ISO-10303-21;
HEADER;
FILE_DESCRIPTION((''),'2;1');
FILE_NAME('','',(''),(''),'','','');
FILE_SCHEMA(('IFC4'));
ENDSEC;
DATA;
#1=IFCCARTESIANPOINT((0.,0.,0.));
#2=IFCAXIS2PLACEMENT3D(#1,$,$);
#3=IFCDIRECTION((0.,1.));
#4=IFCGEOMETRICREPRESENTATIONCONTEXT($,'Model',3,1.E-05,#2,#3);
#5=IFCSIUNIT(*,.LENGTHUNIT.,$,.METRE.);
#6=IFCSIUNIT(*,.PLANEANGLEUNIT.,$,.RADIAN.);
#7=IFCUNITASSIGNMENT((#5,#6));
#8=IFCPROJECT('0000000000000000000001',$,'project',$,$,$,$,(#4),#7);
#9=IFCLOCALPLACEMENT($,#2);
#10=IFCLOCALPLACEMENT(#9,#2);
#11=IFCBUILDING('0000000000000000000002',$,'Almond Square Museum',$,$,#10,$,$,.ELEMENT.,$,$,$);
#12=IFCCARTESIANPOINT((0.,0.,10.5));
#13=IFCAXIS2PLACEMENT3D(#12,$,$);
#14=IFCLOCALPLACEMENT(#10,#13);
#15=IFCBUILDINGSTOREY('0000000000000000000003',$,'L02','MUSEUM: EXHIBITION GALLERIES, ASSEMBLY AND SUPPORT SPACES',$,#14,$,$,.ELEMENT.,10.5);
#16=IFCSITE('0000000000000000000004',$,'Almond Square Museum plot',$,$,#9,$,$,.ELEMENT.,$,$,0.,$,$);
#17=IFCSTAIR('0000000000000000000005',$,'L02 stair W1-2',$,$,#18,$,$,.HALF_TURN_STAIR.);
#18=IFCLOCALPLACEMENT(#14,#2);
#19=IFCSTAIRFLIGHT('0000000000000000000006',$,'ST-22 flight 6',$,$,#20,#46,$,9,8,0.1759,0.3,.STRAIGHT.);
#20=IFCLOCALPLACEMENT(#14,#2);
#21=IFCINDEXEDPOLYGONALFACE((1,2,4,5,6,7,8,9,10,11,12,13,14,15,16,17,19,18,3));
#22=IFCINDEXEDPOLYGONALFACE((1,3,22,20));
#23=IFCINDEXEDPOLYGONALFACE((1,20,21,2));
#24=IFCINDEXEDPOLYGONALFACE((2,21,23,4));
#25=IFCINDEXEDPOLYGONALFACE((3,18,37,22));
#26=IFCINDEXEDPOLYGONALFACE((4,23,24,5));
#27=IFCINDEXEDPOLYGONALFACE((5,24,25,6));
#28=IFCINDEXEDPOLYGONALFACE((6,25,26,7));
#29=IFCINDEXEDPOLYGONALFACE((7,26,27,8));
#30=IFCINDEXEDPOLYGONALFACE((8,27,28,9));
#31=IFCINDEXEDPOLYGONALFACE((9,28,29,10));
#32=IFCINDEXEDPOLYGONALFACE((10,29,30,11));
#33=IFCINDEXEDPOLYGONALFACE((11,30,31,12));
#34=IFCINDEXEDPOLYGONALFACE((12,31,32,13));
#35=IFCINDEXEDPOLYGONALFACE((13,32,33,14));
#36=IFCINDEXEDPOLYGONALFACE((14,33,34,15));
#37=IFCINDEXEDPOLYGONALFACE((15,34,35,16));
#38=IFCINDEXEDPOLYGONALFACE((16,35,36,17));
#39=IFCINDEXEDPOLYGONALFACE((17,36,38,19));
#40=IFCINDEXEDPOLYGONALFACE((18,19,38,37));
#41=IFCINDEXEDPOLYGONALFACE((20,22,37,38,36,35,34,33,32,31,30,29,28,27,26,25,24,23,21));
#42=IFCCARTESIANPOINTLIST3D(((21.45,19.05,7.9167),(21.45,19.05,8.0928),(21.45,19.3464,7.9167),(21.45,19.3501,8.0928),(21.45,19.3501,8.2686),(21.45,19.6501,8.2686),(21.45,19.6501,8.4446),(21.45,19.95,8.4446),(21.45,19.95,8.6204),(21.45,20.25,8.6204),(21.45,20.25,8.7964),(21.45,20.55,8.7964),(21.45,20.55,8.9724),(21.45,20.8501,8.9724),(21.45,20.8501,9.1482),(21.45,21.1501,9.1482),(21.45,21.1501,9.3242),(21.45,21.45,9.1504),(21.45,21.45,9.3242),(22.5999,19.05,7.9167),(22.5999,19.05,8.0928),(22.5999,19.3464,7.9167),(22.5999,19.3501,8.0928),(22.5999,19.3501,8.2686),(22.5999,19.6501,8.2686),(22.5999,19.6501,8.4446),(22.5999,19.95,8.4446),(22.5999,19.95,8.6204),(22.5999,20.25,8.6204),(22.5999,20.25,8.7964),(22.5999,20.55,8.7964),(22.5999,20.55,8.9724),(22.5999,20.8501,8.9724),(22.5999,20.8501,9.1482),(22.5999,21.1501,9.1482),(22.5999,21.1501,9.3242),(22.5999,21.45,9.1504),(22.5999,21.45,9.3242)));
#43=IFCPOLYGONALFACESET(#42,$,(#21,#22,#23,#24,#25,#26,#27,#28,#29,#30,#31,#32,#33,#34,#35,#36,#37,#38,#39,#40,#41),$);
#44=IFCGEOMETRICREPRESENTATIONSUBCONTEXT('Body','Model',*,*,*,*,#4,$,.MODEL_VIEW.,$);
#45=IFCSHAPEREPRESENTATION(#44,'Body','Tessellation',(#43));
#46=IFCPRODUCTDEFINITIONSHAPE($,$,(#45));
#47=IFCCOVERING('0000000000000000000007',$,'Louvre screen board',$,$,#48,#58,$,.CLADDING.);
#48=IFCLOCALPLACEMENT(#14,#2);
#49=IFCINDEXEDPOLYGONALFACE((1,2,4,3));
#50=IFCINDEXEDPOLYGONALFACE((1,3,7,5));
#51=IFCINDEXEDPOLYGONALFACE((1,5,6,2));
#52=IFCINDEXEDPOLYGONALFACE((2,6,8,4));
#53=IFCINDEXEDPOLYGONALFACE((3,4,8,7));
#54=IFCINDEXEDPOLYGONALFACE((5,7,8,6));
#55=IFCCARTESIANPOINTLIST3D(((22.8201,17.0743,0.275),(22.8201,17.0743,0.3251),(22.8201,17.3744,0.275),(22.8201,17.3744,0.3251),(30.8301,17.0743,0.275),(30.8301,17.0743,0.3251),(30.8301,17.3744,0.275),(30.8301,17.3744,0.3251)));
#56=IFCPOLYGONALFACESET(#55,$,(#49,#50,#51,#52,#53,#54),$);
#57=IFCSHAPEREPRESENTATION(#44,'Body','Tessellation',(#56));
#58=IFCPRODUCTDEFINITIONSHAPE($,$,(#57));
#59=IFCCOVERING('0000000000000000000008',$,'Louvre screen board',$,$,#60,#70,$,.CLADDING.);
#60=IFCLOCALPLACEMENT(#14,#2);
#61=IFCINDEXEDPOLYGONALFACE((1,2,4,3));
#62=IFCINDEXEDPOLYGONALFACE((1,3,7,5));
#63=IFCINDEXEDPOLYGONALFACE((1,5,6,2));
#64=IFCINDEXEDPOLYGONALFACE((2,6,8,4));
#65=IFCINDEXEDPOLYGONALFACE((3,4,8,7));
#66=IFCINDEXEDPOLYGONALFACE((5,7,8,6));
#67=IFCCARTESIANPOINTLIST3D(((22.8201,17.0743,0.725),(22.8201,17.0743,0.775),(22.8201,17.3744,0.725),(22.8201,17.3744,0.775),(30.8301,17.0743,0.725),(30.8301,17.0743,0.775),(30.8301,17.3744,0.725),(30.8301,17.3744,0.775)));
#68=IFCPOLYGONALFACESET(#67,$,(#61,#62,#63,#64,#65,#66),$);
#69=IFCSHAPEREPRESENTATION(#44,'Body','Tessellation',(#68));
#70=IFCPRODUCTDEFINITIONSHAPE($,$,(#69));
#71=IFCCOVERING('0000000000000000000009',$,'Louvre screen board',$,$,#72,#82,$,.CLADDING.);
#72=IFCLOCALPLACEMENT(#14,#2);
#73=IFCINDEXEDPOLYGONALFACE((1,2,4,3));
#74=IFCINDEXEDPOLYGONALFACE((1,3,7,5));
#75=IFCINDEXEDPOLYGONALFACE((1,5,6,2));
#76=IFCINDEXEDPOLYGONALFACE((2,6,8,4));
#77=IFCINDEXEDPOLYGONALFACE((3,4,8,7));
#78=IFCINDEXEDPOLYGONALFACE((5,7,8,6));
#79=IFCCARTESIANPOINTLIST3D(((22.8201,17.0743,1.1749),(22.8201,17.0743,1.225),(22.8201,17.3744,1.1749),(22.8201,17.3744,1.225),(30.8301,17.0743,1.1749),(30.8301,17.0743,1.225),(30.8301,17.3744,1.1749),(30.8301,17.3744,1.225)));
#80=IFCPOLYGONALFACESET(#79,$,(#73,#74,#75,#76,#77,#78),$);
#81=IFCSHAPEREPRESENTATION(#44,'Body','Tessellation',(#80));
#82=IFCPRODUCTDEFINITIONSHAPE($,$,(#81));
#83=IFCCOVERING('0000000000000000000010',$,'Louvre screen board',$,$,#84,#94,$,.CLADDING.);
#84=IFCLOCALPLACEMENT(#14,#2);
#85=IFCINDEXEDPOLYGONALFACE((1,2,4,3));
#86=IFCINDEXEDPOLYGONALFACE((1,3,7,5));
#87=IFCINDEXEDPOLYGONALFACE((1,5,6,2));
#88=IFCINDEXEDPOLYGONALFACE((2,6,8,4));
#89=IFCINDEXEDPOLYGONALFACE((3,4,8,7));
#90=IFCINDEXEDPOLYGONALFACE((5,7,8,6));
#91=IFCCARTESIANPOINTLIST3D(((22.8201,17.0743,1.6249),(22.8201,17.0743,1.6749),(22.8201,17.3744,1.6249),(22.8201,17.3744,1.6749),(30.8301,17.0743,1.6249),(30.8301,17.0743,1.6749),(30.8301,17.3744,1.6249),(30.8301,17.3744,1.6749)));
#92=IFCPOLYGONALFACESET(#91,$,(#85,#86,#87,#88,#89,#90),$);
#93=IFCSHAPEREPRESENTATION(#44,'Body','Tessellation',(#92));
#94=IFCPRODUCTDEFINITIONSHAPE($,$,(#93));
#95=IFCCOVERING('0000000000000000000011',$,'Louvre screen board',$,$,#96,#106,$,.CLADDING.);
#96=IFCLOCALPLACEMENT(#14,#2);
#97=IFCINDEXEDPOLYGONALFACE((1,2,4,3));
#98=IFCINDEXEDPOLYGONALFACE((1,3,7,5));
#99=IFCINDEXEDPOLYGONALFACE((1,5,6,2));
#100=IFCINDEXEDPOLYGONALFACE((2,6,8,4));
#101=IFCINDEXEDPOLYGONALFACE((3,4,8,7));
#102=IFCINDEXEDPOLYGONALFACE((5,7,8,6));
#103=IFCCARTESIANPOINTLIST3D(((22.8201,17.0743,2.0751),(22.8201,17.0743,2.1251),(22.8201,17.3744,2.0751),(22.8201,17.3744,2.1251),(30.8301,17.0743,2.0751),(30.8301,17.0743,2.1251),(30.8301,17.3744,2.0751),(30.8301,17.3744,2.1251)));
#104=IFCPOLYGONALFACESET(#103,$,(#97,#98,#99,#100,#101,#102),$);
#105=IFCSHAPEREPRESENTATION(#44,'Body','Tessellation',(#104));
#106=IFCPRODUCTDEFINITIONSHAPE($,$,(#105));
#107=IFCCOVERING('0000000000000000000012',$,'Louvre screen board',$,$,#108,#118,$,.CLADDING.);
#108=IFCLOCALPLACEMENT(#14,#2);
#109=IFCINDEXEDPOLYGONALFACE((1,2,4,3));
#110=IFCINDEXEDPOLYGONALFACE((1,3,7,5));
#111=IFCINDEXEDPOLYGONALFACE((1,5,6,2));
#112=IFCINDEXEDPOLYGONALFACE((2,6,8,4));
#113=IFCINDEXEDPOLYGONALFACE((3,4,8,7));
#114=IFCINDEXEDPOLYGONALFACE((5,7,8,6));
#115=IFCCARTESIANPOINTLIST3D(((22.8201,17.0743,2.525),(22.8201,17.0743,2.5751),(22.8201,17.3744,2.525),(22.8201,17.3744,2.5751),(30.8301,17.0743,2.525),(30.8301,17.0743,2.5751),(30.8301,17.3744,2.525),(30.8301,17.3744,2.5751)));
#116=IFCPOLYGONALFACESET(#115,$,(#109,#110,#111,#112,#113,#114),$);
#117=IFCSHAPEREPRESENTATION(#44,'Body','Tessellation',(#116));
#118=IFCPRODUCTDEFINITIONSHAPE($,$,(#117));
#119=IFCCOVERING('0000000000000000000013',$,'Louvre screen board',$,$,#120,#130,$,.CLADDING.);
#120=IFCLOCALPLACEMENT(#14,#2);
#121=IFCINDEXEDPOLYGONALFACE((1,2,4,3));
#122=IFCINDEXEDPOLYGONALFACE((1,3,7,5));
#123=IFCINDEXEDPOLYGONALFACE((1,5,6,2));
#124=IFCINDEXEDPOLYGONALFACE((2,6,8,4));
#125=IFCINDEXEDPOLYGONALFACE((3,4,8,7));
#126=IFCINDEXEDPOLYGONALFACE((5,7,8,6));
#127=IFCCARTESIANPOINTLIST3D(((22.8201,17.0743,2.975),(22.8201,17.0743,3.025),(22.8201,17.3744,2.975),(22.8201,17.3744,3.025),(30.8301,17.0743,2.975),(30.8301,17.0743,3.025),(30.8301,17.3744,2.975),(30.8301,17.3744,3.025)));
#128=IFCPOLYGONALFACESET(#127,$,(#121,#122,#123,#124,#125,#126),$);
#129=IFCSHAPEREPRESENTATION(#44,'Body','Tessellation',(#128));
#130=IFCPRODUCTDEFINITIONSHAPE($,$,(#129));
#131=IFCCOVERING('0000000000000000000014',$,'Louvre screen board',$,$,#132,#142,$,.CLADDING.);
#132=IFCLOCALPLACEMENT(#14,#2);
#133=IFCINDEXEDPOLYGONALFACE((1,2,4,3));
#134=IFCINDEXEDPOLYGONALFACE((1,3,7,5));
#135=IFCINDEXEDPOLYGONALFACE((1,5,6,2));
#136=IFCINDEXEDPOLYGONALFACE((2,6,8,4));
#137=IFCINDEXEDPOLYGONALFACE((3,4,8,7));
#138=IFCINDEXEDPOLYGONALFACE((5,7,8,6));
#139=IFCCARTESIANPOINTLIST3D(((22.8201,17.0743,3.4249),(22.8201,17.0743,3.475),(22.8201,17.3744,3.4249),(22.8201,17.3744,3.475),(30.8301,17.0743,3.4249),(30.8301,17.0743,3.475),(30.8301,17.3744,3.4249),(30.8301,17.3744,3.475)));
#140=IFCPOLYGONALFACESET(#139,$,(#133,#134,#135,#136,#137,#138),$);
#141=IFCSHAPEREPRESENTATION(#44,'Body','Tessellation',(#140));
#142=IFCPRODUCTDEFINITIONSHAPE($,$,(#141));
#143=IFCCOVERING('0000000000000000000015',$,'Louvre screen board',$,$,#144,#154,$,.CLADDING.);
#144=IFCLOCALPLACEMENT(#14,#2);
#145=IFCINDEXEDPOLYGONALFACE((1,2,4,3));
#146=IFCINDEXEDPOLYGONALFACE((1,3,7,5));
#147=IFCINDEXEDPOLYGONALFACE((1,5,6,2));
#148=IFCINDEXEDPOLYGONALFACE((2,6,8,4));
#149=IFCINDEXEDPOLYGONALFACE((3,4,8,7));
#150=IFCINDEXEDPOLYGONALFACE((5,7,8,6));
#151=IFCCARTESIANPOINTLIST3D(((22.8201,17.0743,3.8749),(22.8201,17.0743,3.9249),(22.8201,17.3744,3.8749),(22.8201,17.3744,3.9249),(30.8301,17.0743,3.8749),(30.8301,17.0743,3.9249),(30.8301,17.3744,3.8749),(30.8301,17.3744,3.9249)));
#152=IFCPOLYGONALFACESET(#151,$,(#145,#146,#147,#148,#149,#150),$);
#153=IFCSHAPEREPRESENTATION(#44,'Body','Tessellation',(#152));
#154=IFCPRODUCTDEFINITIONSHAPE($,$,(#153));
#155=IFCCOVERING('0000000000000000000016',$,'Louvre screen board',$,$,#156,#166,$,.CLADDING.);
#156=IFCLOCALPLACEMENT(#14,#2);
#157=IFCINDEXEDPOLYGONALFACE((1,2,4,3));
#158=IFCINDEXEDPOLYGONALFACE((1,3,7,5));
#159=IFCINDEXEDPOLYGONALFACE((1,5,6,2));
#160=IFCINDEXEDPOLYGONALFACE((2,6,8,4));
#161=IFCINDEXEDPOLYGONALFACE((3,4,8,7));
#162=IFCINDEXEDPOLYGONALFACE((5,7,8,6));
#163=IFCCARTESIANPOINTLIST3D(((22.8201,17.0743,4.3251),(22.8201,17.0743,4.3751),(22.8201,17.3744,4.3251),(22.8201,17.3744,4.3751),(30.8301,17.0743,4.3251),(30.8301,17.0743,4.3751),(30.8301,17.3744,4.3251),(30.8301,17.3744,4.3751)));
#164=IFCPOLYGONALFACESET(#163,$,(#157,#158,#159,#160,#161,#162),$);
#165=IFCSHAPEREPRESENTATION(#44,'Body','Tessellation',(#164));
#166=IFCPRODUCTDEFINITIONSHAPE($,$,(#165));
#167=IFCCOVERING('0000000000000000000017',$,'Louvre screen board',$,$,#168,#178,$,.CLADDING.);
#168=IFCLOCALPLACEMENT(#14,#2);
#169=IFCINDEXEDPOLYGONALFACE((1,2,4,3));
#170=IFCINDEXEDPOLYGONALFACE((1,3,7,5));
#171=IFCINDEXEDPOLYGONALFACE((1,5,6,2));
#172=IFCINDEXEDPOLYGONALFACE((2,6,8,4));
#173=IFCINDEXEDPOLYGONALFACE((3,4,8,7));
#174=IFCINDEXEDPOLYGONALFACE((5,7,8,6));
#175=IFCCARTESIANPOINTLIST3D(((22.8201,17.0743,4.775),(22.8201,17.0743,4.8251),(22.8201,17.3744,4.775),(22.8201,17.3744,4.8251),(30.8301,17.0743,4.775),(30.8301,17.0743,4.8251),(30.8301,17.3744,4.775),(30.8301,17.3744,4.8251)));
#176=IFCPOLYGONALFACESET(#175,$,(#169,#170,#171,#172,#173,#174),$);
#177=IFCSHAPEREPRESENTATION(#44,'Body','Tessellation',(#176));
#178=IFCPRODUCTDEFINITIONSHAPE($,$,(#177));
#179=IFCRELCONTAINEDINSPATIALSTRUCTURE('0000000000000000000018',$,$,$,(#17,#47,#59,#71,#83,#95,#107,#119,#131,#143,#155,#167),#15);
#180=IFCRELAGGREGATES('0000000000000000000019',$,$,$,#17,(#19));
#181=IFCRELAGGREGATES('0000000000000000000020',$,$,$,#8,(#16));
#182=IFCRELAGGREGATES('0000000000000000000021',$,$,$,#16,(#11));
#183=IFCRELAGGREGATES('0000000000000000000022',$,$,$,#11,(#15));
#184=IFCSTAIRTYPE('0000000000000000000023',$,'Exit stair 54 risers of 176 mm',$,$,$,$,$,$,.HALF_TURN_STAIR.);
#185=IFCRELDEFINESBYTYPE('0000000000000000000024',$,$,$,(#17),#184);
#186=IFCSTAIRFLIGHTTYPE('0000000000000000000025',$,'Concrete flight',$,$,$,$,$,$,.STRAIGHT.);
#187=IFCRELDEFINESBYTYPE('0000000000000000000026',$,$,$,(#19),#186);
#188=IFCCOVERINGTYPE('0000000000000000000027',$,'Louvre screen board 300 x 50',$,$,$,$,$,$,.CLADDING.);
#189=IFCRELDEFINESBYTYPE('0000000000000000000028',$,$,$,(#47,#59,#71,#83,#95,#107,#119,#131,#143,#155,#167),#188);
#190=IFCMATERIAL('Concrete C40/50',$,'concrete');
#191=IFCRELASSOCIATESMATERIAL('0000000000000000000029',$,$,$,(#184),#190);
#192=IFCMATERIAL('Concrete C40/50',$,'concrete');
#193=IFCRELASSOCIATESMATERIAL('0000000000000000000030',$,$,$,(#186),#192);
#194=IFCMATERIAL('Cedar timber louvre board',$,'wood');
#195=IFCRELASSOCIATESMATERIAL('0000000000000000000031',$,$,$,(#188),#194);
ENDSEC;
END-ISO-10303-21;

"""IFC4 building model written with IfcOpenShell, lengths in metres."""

from ifc_helpers import new_model, si_unit, direction, frame, origin, origin_2d, place, context, subcontext, project, spatial, polyline, rectangle, outline, extrude, material, material_profile, profile_set, type_object, element, aggregate, save


model = new_model("IFC4")

# Units and contexts
model_context = context("Model", 3, precision=1e-05, world=origin(), true_north=direction((0.0, 1.0)))
body_context = subcontext(model_context, "Body", "Model", "MODEL_VIEW")
ifc_project = project(units=[si_unit("LENGTHUNIT", "METRE"), si_unit("PLANEANGLEUNIT", "RADIAN")], contexts=[model_context])

# Site, building, storey
site_placement = place(None, origin())
site = spatial("IfcSite", under=ifc_project, at=site_placement, Name="Almond Square Museum plot", CompositionType="ELEMENT", RefElevation=0.0)
building_placement = place(site_placement, origin())
building = spatial("IfcBuilding", under=site, at=building_placement, Name="Almond Square Museum", CompositionType="ELEMENT")
storey_placement = place(building_placement, frame((0.0, 0.0, 10.5)))
storey = spatial("IfcBuildingStorey", under=building, at=storey_placement, Name="L02", Description="MUSEUM: EXHIBITION GALLERIES, ASSEMBLY AND SUPPORT SPACES", CompositionType="ELEMENT", Elevation=10.5)

# Stair, stair flight
ifc_material_1 = material(Name="Concrete C40/50", Category="concrete")
stair_type = type_object("IfcStairType", Name="Exit stair 54 risers of 176 mm", PredefinedType="HALF_TURN_STAIR", material=ifc_material_1)
stair_placement = place(storey_placement, origin())
stair = element("IfcStair", 1, at=stair_placement, inside=storey, type_object=stair_type, Name="L02 stair W1-2", PredefinedType="HALF_TURN_STAIR")
ifc_material_2 = material(Name="Concrete C40/50", Category="concrete")
stair_flight_type = type_object("IfcStairFlightType", Name="Concrete flight", PredefinedType="STRAIGHT", material=ifc_material_2)
stair_flight_1_placement = place(storey_placement, frame((22.0249, 19.05, 7.9167), z_axis=(0.0, 0.0, 1.0), x_axis=(0.0, 1.0, 0.0)))
stair_flight_1 = element("IfcStairFlight", 2, at=stair_flight_1_placement, type_object=stair_flight_type, Name="ST-22 flight 6", NumberOfRisers=9, NumberOfTreads=8, PredefinedType="STRAIGHT", RiserHeight=0.1759, TreadLength=0.3, context=body_context, shape_type="SweptSolid", body=[
    extrude(outline(polyline([(0.0, 0.0), (0.0, 0.176), (0.3, 0.176), (0.3, 0.3518), (0.6001, 0.3518), (0.6001, 0.5278), (0.8999, 0.5278), (0.8999, 0.7036), (1.2, 0.7036), (1.2, 0.8796), (1.5, 0.8796), (1.5, 1.0557), (1.8, 1.0557), (1.8, 1.2314), (2.1001, 1.2314), (2.1001, 1.4075), (2.3999, 1.4075), (2.3999, 1.5833), (2.3999, 1.2336), (0.2964, 0.0), (0.0, 0.0)])), frame((0.0, 0.575, 0.0), z_axis=(0.0, -1.0, 0.0), x_axis=(1.0, 0.0, 0.0)), (0.0, 0.0, 1.0), 1.1499),
])
aggregate(stair, [stair_flight_1])

# Coverings
ifc_material_3 = material(Name="Cedar timber louvre board", Category="wood")
ifc_material_profile_1 = material_profile(ifc_material_3, rectangle(XDim=0.3, YDim=0.05, at=origin_2d()))
ifc_profile_set_1 = profile_set([ifc_material_profile_1], Name="Cedar timber louvre board")
covering_type = type_object("IfcCoveringType", Name="Louvre screen board 300 x 50", PredefinedType="CLADDING", material=ifc_profile_set_1)
for number, where, z_axis, x_axis, name in (
    (3, (22.8201, 17.2244, 0.3), (1.0, 0.0, 0.0), (0.0, 1.0, 0.0), "Louvre screen board"),
    (4, (22.8201, 17.2244, 0.75), (1.0, 0.0, 0.0), (0.0, 1.0, 0.0), "Louvre screen board"),
    (5, (22.8201, 17.2244, 1.2), (1.0, 0.0, 0.0), (0.0, 1.0, 0.0), "Louvre screen board"),
    (6, (22.8201, 17.2244, 1.6499), (1.0, 0.0, 0.0), (0.0, 1.0, 0.0), "Louvre screen board"),
    (7, (22.8201, 17.2244, 2.1001), (1.0, 0.0, 0.0), (0.0, 1.0, 0.0), "Louvre screen board"),
    (8, (22.8201, 17.2244, 2.55), (1.0, 0.0, 0.0), (0.0, 1.0, 0.0), "Louvre screen board"),
    (9, (22.8201, 17.2244, 3.0), (1.0, 0.0, 0.0), (0.0, 1.0, 0.0), "Louvre screen board"),
    (10, (22.8201, 17.2244, 3.45), (1.0, 0.0, 0.0), (0.0, 1.0, 0.0), "Louvre screen board"),
    (11, (22.8201, 17.2244, 3.8999), (1.0, 0.0, 0.0), (0.0, 1.0, 0.0), "Louvre screen board"),
    (12, (22.8201, 17.2244, 4.3501), (1.0, 0.0, 0.0), (0.0, 1.0, 0.0), "Louvre screen board"),
    (13, (22.8201, 17.2244, 4.8), (1.0, 0.0, 0.0), (0.0, 1.0, 0.0), "Louvre screen board"),
):
    element("IfcCovering", number, at=place(storey_placement, frame(where, z_axis=z_axis, x_axis=x_axis)), inside=storey, type_object=covering_type, Name=name, PredefinedType="CLADDING", context=body_context, shape_type="SweptSolid", body=[
        extrude(rectangle(XDim=0.3, YDim=0.05, at=origin_2d()), origin(), (0.0, 0.0, 1.0), 8.01),
    ])

save(model, "model.ifc")
